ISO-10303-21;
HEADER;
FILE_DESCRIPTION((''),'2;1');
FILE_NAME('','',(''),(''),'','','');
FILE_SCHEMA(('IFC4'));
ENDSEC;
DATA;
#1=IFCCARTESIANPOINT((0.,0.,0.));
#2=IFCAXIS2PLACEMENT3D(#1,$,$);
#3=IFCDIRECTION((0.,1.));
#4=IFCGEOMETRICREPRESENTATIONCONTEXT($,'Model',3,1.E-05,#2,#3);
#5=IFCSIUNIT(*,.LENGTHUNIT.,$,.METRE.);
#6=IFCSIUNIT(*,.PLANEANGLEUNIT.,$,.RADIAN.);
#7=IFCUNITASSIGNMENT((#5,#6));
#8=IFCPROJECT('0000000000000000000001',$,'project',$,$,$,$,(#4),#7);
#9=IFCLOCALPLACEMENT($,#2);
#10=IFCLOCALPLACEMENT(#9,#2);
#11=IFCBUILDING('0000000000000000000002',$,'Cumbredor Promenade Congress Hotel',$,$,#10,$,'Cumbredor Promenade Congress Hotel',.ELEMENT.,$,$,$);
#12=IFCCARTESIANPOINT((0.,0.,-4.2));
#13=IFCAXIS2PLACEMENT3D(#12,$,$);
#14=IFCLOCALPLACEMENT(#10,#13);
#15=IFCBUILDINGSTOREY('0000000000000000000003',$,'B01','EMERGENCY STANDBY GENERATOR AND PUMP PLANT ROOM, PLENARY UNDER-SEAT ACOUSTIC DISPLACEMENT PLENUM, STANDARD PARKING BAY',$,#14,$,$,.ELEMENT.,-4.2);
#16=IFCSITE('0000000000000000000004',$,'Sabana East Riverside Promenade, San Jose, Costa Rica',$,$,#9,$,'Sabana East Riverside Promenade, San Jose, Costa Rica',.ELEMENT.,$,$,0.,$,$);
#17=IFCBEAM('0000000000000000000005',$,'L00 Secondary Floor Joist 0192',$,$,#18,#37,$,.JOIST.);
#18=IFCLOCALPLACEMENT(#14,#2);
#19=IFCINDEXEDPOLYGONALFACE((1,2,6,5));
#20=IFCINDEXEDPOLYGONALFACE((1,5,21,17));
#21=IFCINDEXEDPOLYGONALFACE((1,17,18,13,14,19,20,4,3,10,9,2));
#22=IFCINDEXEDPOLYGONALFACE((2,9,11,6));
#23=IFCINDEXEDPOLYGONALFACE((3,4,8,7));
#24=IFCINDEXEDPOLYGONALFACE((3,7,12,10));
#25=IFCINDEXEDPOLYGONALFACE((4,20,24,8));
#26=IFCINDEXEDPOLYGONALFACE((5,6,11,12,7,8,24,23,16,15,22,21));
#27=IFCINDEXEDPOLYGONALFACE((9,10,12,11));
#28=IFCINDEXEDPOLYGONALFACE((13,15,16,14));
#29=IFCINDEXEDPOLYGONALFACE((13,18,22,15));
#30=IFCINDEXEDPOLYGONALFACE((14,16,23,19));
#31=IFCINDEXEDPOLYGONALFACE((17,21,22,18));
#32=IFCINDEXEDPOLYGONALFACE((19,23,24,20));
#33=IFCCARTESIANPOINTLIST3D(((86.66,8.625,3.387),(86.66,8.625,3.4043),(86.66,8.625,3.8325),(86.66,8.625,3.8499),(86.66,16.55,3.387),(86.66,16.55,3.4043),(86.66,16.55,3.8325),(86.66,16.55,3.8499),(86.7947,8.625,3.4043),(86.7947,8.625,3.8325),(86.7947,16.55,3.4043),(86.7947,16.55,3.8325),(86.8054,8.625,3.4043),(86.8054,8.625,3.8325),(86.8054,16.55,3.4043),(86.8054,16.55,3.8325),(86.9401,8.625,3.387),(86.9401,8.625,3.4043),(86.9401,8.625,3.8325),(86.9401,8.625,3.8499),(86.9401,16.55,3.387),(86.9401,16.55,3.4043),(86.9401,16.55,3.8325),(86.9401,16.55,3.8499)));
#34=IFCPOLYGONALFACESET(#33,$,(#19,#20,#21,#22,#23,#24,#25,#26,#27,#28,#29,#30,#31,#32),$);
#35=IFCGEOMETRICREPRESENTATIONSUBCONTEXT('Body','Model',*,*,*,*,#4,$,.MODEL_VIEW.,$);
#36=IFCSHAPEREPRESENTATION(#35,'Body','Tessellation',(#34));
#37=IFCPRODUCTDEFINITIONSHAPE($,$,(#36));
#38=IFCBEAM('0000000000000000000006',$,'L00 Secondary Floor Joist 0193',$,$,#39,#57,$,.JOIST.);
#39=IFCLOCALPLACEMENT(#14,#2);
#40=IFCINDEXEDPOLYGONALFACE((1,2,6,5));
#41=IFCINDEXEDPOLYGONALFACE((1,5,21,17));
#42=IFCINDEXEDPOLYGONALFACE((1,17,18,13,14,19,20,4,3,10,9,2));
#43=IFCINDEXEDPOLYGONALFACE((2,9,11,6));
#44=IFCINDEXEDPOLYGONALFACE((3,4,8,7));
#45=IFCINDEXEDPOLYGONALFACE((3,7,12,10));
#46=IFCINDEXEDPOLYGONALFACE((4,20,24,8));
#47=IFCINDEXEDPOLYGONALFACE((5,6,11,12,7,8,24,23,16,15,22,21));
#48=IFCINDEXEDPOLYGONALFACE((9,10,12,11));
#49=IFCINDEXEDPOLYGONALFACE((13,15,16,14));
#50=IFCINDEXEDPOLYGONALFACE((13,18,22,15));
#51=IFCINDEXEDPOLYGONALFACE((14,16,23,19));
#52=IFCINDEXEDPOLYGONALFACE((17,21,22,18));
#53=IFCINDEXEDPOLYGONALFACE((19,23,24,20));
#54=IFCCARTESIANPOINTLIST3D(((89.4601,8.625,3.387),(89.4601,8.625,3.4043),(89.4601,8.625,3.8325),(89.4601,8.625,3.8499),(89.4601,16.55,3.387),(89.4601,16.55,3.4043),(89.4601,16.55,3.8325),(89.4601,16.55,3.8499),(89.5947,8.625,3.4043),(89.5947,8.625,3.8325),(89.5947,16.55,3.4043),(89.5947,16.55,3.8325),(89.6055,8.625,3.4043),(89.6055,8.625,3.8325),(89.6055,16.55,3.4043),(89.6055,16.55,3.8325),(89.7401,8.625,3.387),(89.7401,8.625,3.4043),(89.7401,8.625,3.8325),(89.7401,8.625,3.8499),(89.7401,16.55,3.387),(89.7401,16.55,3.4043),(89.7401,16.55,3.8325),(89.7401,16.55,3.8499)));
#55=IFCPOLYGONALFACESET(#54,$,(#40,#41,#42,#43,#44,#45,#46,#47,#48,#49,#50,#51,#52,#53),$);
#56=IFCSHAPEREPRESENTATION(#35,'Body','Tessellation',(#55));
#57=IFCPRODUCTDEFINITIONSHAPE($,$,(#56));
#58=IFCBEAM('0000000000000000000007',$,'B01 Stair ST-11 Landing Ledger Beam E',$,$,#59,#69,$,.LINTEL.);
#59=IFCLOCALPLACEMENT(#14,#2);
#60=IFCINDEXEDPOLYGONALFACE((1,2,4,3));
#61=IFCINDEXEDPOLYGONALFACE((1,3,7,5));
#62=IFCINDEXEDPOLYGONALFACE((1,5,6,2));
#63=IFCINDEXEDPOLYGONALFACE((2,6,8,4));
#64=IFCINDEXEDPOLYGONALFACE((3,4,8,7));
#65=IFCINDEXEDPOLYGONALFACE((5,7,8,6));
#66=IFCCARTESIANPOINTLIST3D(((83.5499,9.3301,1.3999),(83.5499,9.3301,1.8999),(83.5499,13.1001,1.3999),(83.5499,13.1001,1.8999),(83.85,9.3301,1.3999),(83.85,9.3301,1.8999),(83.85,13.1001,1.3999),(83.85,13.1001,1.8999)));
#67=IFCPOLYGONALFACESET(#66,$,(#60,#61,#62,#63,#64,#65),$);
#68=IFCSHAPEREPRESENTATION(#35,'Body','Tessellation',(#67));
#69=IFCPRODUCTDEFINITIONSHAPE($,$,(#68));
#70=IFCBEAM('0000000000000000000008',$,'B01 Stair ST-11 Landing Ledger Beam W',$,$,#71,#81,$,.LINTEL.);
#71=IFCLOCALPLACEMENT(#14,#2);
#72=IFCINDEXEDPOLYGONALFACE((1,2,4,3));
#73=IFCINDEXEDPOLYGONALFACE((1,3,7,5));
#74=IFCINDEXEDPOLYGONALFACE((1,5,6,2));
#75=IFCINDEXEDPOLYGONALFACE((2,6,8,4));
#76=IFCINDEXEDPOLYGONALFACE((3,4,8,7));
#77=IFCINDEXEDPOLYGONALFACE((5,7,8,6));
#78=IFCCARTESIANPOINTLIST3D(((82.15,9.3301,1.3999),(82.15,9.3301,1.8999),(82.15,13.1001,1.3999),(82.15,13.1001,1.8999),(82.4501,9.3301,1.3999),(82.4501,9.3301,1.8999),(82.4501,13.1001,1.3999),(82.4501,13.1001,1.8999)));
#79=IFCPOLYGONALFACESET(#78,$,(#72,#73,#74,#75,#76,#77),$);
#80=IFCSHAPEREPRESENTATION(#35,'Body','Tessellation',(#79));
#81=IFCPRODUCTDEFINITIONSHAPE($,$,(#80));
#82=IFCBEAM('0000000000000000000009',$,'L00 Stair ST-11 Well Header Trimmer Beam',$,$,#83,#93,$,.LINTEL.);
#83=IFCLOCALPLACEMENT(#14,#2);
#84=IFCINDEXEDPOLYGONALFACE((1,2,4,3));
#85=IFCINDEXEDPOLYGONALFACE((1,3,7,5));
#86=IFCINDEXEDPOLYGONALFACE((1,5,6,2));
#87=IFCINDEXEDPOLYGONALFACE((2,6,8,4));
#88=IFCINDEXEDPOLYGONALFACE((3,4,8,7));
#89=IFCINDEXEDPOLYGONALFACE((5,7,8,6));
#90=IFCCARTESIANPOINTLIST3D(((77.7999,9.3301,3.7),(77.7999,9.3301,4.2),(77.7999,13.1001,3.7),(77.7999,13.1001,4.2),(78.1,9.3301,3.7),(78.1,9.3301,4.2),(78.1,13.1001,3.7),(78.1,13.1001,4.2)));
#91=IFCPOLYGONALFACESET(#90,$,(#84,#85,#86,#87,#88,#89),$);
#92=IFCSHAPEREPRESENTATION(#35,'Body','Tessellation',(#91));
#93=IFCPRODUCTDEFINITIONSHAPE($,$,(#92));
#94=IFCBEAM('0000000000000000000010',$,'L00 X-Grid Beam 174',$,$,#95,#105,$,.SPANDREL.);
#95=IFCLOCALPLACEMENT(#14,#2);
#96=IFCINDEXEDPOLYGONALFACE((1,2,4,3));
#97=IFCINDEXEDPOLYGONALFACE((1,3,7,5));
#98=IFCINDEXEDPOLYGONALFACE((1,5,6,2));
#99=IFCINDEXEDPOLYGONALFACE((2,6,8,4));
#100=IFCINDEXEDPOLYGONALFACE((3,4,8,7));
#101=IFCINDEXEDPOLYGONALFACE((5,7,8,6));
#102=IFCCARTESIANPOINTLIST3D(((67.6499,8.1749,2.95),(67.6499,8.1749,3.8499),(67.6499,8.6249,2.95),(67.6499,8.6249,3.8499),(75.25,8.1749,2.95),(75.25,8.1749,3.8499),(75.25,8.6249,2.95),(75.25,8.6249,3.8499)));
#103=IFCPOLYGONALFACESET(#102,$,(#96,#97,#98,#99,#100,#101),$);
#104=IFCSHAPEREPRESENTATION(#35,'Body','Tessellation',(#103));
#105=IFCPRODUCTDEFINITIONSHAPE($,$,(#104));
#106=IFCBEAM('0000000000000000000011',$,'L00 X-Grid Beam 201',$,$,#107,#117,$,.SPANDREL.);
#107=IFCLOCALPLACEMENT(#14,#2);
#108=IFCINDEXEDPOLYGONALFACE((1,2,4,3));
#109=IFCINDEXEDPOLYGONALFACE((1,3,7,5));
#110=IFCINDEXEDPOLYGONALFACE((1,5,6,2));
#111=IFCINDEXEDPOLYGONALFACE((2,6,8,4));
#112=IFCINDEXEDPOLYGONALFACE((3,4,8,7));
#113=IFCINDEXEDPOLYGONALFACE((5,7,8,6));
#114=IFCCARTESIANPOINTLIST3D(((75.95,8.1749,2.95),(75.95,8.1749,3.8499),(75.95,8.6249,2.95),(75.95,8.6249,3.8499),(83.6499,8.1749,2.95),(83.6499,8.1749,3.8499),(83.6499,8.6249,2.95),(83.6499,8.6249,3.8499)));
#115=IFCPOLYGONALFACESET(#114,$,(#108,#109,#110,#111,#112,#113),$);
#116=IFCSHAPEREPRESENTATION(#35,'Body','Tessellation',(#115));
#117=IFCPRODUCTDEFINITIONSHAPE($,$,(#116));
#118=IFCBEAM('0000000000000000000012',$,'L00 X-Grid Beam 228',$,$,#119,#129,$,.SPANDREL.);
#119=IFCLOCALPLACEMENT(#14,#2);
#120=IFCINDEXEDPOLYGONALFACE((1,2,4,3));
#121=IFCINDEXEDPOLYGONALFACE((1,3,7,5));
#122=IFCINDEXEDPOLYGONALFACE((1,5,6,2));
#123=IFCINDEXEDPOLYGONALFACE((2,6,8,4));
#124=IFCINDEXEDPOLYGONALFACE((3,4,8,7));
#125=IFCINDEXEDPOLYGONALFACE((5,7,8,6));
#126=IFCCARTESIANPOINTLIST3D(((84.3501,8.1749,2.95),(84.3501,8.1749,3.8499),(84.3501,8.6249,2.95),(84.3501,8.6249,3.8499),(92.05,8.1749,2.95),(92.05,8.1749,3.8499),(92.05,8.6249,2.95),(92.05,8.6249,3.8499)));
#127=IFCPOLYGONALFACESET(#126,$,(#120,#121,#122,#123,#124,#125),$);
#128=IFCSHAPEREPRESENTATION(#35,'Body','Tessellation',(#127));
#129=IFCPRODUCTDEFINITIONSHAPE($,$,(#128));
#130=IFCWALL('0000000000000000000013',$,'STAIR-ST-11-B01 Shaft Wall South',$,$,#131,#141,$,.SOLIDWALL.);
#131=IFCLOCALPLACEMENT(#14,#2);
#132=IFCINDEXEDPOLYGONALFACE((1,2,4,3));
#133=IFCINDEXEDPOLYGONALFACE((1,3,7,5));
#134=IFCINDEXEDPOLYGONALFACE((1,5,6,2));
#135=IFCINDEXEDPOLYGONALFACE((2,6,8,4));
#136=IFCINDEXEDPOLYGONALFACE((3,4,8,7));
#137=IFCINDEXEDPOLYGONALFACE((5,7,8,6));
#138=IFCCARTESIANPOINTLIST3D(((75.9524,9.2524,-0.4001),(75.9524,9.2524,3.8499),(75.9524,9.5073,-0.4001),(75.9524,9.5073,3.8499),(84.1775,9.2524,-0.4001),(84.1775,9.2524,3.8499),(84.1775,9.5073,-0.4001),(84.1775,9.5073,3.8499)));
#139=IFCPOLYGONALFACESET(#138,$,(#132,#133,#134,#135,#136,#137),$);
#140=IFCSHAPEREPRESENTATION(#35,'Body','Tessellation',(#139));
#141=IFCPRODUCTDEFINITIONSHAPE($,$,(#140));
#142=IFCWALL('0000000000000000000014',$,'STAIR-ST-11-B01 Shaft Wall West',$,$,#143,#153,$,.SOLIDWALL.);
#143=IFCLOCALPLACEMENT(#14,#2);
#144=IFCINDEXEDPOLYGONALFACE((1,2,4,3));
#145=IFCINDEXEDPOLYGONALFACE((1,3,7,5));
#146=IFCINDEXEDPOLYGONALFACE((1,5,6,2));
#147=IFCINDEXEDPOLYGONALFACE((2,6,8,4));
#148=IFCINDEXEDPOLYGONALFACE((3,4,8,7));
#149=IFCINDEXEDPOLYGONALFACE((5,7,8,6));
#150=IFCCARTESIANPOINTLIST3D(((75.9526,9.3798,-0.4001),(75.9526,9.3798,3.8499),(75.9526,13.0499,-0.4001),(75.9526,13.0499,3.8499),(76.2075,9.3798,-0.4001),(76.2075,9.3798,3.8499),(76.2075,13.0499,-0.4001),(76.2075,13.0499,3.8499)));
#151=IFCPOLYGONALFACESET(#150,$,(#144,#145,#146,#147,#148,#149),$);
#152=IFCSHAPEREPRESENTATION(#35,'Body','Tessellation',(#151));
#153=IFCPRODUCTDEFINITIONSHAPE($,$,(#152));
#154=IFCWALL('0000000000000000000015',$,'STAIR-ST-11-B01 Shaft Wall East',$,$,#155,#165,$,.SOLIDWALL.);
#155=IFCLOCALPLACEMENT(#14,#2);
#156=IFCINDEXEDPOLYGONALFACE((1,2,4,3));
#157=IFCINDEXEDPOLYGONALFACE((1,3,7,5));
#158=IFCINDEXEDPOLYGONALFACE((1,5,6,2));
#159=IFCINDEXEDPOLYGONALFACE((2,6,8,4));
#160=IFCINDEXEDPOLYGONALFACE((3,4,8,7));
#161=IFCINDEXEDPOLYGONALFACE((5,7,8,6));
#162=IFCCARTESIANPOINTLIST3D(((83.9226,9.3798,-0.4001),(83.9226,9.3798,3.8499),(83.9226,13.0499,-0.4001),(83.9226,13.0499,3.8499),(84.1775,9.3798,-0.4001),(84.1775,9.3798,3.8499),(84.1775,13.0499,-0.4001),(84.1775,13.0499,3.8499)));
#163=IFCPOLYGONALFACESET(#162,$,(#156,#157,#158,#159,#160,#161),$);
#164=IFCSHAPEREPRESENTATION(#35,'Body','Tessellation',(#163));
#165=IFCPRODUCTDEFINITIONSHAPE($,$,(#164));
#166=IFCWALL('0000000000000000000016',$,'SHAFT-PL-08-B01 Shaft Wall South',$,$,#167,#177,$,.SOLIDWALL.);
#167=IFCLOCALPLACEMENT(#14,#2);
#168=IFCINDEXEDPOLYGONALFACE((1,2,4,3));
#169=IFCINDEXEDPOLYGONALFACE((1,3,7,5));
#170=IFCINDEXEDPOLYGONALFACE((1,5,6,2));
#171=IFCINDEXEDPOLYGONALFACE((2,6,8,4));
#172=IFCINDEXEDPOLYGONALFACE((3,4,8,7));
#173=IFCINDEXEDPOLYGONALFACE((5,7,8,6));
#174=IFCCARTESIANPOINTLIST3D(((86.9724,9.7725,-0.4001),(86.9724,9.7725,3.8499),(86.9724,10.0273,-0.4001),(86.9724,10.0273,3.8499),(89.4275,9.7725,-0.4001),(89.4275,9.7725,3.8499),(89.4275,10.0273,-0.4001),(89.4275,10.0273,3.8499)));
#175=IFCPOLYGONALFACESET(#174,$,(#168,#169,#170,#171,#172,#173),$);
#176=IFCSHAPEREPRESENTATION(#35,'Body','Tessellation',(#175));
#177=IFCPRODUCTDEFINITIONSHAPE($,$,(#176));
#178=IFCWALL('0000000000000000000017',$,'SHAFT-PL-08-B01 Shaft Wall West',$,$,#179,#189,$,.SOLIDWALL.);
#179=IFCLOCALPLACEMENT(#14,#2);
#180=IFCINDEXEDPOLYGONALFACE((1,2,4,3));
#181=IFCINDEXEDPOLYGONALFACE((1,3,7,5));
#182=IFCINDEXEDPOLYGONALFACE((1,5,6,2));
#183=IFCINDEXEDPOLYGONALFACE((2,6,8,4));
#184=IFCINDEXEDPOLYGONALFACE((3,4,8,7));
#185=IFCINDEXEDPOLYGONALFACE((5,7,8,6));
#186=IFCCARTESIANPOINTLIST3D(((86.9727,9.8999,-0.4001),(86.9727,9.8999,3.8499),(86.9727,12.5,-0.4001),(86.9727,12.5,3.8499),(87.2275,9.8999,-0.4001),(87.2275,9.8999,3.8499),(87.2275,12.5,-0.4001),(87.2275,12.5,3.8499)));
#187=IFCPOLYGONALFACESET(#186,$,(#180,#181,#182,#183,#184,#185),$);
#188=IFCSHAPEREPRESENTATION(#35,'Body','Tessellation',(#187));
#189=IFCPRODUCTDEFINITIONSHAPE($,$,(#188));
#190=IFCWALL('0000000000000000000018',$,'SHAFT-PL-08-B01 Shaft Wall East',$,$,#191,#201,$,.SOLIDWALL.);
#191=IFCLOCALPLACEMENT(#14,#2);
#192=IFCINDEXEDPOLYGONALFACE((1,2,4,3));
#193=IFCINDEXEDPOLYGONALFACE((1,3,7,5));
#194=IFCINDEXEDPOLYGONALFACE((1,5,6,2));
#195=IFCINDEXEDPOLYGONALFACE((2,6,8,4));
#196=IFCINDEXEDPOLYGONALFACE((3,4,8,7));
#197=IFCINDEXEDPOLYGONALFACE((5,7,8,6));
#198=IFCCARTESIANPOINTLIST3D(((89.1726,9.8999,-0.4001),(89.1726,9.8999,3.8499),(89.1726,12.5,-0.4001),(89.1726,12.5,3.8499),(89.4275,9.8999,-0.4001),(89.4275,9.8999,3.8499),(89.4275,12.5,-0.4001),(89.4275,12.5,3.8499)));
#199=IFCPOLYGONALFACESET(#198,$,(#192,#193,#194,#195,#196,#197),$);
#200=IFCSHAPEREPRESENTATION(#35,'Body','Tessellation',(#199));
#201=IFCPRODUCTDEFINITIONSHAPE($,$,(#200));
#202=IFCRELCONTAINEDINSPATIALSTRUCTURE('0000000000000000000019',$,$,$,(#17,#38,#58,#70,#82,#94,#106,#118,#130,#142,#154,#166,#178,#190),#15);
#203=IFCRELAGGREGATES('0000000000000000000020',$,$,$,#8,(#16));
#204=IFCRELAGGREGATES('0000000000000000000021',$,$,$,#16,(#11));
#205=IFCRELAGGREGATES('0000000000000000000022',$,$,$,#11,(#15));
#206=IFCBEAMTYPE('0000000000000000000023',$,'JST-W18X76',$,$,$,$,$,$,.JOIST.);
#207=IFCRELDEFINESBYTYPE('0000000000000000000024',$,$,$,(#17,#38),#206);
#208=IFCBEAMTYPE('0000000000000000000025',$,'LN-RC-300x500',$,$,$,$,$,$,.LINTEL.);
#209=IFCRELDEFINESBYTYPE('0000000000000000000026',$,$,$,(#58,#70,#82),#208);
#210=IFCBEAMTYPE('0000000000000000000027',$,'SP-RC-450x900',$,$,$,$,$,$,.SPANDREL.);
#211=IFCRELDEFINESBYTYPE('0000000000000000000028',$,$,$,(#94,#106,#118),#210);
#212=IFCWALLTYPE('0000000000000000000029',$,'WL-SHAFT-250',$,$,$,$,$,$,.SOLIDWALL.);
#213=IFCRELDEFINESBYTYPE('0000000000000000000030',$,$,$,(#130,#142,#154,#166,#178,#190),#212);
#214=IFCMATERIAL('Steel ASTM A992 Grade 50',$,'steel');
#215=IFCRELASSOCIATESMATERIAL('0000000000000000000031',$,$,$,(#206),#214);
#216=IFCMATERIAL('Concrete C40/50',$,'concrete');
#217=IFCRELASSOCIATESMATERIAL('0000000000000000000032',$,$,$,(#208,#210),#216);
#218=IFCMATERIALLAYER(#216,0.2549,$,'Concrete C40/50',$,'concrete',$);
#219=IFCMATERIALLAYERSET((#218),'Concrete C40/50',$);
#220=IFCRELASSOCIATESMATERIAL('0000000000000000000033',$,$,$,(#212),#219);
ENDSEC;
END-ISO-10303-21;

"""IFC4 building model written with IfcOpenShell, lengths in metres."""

from ifc_helpers import new_model, si_unit, direction, frame, frame_2d, origin, origin_2d, place, context, subcontext, project, spatial, rectangle, i_section, extrude, material, layer, layer_set, material_profile, profile_set, type_object, element, save


model = new_model("IFC4")

# Units and contexts
model_context = context("Model", 3, precision=1e-05, world=origin(), true_north=direction((0.0, 1.0)))
body_context = subcontext(model_context, "Body", "Model", "MODEL_VIEW")
ifc_project = project(units=[si_unit("LENGTHUNIT", "METRE"), si_unit("PLANEANGLEUNIT", "RADIAN")], contexts=[model_context])

# Site, building, storey
site_placement = place(None, origin())
site = spatial("IfcSite", under=ifc_project, at=site_placement, Name="Sabana East Riverside Promenade, San Jose, Costa Rica", LongName="Sabana East Riverside Promenade, San Jose, Costa Rica", CompositionType="ELEMENT", RefElevation=0.0)
building_placement = place(site_placement, origin())
building = spatial("IfcBuilding", under=site, at=building_placement, Name="Cumbredor Promenade Congress Hotel", LongName="Cumbredor Promenade Congress Hotel", CompositionType="ELEMENT")
storey_placement = place(building_placement, frame((0.0, 0.0, -4.2)))
storey = spatial("IfcBuildingStorey", under=building, at=storey_placement, Name="B01", Description="EMERGENCY STANDBY GENERATOR AND PUMP PLANT ROOM, PLENARY UNDER-SEAT ACOUSTIC DISPLACEMENT PLENUM, STANDARD PARKING BAY", CompositionType="ELEMENT", Elevation=-4.2)

# Shared definitions
ifc_material_1 = material(Name="Concrete C40/50", Category="concrete")

# Beams
ifc_material_2 = material(Name="Steel ASTM A992 Grade 50", Category="steel")
ifc_material_profile_1 = material_profile(ifc_material_2, i_section(OverallWidth=0.28, OverallDepth=0.4629, WebThickness=0.0107, FlangeThickness=0.0173, at=origin_2d()), Name="W18X76")
ifc_profile_set_1 = profile_set([ifc_material_profile_1], Name="Steel ASTM A992 Grade 50")
beam_type_1 = type_object("IfcBeamType", Name="JST-W18X76", PredefinedType="JOIST", material=ifc_profile_set_1)
for number, where, z_axis, x_axis, name in (
    (1, (86.8, 8.625, 3.6184), (0.0, 1.0, 0.0), (-1.0, 0.0, 0.0), "L00 Secondary Floor Joist 0192"),
    (2, (89.6001, 8.625, 3.6184), (0.0, 1.0, 0.0), (-1.0, 0.0, 0.0), "L00 Secondary Floor Joist 0193"),
):
    element("IfcBeam", number, at=place(storey_placement, frame(where, z_axis=z_axis, x_axis=x_axis)), inside=storey, type_object=beam_type_1, Name=name, PredefinedType="JOIST", context=body_context, shape_type="SweptSolid", body=[
        extrude(i_section(OverallWidth=0.28, OverallDepth=0.4629, WebThickness=0.0107, FlangeThickness=0.0173, at=origin_2d()), origin(), (0.0, 0.0, 1.0), 7.925),
    ])
ifc_material_profile_2 = material_profile(ifc_material_1, rectangle(XDim=0.3, YDim=0.5, at=origin_2d()), Name="RC LINTEL 300x500")
ifc_profile_set_2 = profile_set([ifc_material_profile_2], Name="Concrete C40/50")
beam_type_2 = type_object("IfcBeamType", Name="LN-RC-300x500", PredefinedType="LINTEL", material=ifc_profile_set_2)
for number, where, z_axis, x_axis, name in (
    (3, (83.7, 9.3301, 1.6499), (0.0, 1.0, 0.0), (-1.0, 0.0, 0.0), "B01 Stair ST-11 Landing Ledger Beam E"),
    (4, (82.3, 9.3301, 1.6499), (0.0, 1.0, 0.0), (-1.0, 0.0, 0.0), "B01 Stair ST-11 Landing Ledger Beam W"),
    (5, (77.95, 9.3301, 3.95), (0.0, 1.0, 0.0), (-1.0, 0.0, 0.0), "L00 Stair ST-11 Well Header Trimmer Beam"),
):
    element("IfcBeam", number, at=place(storey_placement, frame(where, z_axis=z_axis, x_axis=x_axis)), inside=storey, type_object=beam_type_2, Name=name, PredefinedType="LINTEL", context=body_context, shape_type="SweptSolid", body=[
        extrude(rectangle(XDim=0.3, YDim=0.5, at=origin_2d()), origin(), (0.0, 0.0, 1.0), 3.77),
    ])
ifc_material_profile_3 = material_profile(ifc_material_1, rectangle(XDim=0.45, YDim=0.8999, at=origin_2d()), Name="RC SPANDREL 450x900")
ifc_profile_set_3 = profile_set([ifc_material_profile_3], Name="Concrete C40/50")
beam_type_3 = type_object("IfcBeamType", Name="SP-RC-450x900", PredefinedType="SPANDREL", material=ifc_profile_set_3)
beam_1_placement = place(storey_placement, frame((67.6499, 8.3999, 3.3999), z_axis=(1.0, 0.0, 0.0), x_axis=(0.0, 1.0, 0.0)))
element("IfcBeam", 6, at=beam_1_placement, inside=storey, type_object=beam_type_3, Name="L00 X-Grid Beam 174", PredefinedType="SPANDREL", context=body_context, shape_type="SweptSolid", body=[
    extrude(rectangle(XDim=0.45, YDim=0.8999, at=origin_2d()), origin(), (0.0, 0.0, 1.0), 7.6001),
])
for number, where, z_axis, x_axis, name in (
    (7, (75.95, 8.3999, 3.3999), (1.0, 0.0, 0.0), (0.0, 1.0, 0.0), "L00 X-Grid Beam 201"),
    (8, (84.3501, 8.3999, 3.3999), (1.0, 0.0, 0.0), (0.0, 1.0, 0.0), "L00 X-Grid Beam 228"),
):
    element("IfcBeam", number, at=place(storey_placement, frame(where, z_axis=z_axis, x_axis=x_axis)), inside=storey, type_object=beam_type_3, Name=name, PredefinedType="SPANDREL", context=body_context, shape_type="SweptSolid", body=[
        extrude(rectangle(XDim=0.45, YDim=0.8999, at=origin_2d()), origin(), (0.0, 0.0, 1.0), 7.7),
    ])

# Walls
ifc_layer = layer(ifc_material_1, 0.2549, Name="Concrete C40/50", Category="concrete")
ifc_layer_set = layer_set([ifc_layer], Name="Concrete C40/50")
wall_type = type_object("IfcWallType", Name="WL-SHAFT-250", PredefinedType="SOLIDWALL", material=ifc_layer_set)
wall_1_placement = place(storey_placement, frame((75.9524, 9.3799, -0.4001), z_axis=(0.0, 0.0, 1.0), x_axis=(1.0, 0.0, 0.0)))
element("IfcWall", 9, at=wall_1_placement, inside=storey, type_object=wall_type, Name="STAIR-ST-11-B01 Shaft Wall South", PredefinedType="SOLIDWALL", context=body_context, shape_type="SweptSolid", body=[
    extrude(rectangle(XDim=8.2251, YDim=0.2549, at=frame_2d((4.1125, 0.0))), origin(), (0.0, 0.0, 1.0), 4.25),
])
for number, where, z_axis, x_axis, name in (
    (10, (76.0801, 9.3799, -0.4001), (0.0, 0.0, 1.0), (0.0, 1.0, 0.0), "STAIR-ST-11-B01 Shaft Wall West"),
    (11, (84.05, 9.3799, -0.4001), (0.0, 0.0, 1.0), (0.0, 1.0, 0.0), "STAIR-ST-11-B01 Shaft Wall East"),
):
    element("IfcWall", number, at=place(storey_placement, frame(where, z_axis=z_axis, x_axis=x_axis)), inside=storey, type_object=wall_type, Name=name, PredefinedType="SOLIDWALL", context=body_context, shape_type="SweptSolid", body=[
        extrude(rectangle(XDim=3.6702, YDim=0.2549, at=frame_2d((1.835, 0.0))), origin(), (0.0, 0.0, 1.0), 4.25),
    ])
wall_2_placement = place(storey_placement, frame((86.9724, 9.8999, -0.4001), z_axis=(0.0, 0.0, 1.0), x_axis=(1.0, 0.0, 0.0)))
element("IfcWall", 12, at=wall_2_placement, inside=storey, type_object=wall_type, Name="SHAFT-PL-08-B01 Shaft Wall South", PredefinedType="SOLIDWALL", context=body_context, shape_type="SweptSolid", body=[
    extrude(rectangle(XDim=2.4551, YDim=0.2549, at=frame_2d((1.2275, 0.0))), origin(), (0.0, 0.0, 1.0), 4.25),
])
for number, where, z_axis, x_axis, name in (
    (13, (87.1001, 9.8999, -0.4001), (0.0, 0.0, 1.0), (0.0, 1.0, 0.0), "SHAFT-PL-08-B01 Shaft Wall West"),
    (14, (89.3, 9.8999, -0.4001), (0.0, 0.0, 1.0), (0.0, 1.0, 0.0), "SHAFT-PL-08-B01 Shaft Wall East"),
):
    element("IfcWall", number, at=place(storey_placement, frame(where, z_axis=z_axis, x_axis=x_axis)), inside=storey, type_object=wall_type, Name=name, PredefinedType="SOLIDWALL", context=body_context, shape_type="SweptSolid", body=[
        extrude(rectangle(XDim=2.6001, YDim=0.2549, at=frame_2d((1.3, 0.0))), origin(), (0.0, 0.0, 1.0), 4.25),
    ])

save(model, "model.ifc")
